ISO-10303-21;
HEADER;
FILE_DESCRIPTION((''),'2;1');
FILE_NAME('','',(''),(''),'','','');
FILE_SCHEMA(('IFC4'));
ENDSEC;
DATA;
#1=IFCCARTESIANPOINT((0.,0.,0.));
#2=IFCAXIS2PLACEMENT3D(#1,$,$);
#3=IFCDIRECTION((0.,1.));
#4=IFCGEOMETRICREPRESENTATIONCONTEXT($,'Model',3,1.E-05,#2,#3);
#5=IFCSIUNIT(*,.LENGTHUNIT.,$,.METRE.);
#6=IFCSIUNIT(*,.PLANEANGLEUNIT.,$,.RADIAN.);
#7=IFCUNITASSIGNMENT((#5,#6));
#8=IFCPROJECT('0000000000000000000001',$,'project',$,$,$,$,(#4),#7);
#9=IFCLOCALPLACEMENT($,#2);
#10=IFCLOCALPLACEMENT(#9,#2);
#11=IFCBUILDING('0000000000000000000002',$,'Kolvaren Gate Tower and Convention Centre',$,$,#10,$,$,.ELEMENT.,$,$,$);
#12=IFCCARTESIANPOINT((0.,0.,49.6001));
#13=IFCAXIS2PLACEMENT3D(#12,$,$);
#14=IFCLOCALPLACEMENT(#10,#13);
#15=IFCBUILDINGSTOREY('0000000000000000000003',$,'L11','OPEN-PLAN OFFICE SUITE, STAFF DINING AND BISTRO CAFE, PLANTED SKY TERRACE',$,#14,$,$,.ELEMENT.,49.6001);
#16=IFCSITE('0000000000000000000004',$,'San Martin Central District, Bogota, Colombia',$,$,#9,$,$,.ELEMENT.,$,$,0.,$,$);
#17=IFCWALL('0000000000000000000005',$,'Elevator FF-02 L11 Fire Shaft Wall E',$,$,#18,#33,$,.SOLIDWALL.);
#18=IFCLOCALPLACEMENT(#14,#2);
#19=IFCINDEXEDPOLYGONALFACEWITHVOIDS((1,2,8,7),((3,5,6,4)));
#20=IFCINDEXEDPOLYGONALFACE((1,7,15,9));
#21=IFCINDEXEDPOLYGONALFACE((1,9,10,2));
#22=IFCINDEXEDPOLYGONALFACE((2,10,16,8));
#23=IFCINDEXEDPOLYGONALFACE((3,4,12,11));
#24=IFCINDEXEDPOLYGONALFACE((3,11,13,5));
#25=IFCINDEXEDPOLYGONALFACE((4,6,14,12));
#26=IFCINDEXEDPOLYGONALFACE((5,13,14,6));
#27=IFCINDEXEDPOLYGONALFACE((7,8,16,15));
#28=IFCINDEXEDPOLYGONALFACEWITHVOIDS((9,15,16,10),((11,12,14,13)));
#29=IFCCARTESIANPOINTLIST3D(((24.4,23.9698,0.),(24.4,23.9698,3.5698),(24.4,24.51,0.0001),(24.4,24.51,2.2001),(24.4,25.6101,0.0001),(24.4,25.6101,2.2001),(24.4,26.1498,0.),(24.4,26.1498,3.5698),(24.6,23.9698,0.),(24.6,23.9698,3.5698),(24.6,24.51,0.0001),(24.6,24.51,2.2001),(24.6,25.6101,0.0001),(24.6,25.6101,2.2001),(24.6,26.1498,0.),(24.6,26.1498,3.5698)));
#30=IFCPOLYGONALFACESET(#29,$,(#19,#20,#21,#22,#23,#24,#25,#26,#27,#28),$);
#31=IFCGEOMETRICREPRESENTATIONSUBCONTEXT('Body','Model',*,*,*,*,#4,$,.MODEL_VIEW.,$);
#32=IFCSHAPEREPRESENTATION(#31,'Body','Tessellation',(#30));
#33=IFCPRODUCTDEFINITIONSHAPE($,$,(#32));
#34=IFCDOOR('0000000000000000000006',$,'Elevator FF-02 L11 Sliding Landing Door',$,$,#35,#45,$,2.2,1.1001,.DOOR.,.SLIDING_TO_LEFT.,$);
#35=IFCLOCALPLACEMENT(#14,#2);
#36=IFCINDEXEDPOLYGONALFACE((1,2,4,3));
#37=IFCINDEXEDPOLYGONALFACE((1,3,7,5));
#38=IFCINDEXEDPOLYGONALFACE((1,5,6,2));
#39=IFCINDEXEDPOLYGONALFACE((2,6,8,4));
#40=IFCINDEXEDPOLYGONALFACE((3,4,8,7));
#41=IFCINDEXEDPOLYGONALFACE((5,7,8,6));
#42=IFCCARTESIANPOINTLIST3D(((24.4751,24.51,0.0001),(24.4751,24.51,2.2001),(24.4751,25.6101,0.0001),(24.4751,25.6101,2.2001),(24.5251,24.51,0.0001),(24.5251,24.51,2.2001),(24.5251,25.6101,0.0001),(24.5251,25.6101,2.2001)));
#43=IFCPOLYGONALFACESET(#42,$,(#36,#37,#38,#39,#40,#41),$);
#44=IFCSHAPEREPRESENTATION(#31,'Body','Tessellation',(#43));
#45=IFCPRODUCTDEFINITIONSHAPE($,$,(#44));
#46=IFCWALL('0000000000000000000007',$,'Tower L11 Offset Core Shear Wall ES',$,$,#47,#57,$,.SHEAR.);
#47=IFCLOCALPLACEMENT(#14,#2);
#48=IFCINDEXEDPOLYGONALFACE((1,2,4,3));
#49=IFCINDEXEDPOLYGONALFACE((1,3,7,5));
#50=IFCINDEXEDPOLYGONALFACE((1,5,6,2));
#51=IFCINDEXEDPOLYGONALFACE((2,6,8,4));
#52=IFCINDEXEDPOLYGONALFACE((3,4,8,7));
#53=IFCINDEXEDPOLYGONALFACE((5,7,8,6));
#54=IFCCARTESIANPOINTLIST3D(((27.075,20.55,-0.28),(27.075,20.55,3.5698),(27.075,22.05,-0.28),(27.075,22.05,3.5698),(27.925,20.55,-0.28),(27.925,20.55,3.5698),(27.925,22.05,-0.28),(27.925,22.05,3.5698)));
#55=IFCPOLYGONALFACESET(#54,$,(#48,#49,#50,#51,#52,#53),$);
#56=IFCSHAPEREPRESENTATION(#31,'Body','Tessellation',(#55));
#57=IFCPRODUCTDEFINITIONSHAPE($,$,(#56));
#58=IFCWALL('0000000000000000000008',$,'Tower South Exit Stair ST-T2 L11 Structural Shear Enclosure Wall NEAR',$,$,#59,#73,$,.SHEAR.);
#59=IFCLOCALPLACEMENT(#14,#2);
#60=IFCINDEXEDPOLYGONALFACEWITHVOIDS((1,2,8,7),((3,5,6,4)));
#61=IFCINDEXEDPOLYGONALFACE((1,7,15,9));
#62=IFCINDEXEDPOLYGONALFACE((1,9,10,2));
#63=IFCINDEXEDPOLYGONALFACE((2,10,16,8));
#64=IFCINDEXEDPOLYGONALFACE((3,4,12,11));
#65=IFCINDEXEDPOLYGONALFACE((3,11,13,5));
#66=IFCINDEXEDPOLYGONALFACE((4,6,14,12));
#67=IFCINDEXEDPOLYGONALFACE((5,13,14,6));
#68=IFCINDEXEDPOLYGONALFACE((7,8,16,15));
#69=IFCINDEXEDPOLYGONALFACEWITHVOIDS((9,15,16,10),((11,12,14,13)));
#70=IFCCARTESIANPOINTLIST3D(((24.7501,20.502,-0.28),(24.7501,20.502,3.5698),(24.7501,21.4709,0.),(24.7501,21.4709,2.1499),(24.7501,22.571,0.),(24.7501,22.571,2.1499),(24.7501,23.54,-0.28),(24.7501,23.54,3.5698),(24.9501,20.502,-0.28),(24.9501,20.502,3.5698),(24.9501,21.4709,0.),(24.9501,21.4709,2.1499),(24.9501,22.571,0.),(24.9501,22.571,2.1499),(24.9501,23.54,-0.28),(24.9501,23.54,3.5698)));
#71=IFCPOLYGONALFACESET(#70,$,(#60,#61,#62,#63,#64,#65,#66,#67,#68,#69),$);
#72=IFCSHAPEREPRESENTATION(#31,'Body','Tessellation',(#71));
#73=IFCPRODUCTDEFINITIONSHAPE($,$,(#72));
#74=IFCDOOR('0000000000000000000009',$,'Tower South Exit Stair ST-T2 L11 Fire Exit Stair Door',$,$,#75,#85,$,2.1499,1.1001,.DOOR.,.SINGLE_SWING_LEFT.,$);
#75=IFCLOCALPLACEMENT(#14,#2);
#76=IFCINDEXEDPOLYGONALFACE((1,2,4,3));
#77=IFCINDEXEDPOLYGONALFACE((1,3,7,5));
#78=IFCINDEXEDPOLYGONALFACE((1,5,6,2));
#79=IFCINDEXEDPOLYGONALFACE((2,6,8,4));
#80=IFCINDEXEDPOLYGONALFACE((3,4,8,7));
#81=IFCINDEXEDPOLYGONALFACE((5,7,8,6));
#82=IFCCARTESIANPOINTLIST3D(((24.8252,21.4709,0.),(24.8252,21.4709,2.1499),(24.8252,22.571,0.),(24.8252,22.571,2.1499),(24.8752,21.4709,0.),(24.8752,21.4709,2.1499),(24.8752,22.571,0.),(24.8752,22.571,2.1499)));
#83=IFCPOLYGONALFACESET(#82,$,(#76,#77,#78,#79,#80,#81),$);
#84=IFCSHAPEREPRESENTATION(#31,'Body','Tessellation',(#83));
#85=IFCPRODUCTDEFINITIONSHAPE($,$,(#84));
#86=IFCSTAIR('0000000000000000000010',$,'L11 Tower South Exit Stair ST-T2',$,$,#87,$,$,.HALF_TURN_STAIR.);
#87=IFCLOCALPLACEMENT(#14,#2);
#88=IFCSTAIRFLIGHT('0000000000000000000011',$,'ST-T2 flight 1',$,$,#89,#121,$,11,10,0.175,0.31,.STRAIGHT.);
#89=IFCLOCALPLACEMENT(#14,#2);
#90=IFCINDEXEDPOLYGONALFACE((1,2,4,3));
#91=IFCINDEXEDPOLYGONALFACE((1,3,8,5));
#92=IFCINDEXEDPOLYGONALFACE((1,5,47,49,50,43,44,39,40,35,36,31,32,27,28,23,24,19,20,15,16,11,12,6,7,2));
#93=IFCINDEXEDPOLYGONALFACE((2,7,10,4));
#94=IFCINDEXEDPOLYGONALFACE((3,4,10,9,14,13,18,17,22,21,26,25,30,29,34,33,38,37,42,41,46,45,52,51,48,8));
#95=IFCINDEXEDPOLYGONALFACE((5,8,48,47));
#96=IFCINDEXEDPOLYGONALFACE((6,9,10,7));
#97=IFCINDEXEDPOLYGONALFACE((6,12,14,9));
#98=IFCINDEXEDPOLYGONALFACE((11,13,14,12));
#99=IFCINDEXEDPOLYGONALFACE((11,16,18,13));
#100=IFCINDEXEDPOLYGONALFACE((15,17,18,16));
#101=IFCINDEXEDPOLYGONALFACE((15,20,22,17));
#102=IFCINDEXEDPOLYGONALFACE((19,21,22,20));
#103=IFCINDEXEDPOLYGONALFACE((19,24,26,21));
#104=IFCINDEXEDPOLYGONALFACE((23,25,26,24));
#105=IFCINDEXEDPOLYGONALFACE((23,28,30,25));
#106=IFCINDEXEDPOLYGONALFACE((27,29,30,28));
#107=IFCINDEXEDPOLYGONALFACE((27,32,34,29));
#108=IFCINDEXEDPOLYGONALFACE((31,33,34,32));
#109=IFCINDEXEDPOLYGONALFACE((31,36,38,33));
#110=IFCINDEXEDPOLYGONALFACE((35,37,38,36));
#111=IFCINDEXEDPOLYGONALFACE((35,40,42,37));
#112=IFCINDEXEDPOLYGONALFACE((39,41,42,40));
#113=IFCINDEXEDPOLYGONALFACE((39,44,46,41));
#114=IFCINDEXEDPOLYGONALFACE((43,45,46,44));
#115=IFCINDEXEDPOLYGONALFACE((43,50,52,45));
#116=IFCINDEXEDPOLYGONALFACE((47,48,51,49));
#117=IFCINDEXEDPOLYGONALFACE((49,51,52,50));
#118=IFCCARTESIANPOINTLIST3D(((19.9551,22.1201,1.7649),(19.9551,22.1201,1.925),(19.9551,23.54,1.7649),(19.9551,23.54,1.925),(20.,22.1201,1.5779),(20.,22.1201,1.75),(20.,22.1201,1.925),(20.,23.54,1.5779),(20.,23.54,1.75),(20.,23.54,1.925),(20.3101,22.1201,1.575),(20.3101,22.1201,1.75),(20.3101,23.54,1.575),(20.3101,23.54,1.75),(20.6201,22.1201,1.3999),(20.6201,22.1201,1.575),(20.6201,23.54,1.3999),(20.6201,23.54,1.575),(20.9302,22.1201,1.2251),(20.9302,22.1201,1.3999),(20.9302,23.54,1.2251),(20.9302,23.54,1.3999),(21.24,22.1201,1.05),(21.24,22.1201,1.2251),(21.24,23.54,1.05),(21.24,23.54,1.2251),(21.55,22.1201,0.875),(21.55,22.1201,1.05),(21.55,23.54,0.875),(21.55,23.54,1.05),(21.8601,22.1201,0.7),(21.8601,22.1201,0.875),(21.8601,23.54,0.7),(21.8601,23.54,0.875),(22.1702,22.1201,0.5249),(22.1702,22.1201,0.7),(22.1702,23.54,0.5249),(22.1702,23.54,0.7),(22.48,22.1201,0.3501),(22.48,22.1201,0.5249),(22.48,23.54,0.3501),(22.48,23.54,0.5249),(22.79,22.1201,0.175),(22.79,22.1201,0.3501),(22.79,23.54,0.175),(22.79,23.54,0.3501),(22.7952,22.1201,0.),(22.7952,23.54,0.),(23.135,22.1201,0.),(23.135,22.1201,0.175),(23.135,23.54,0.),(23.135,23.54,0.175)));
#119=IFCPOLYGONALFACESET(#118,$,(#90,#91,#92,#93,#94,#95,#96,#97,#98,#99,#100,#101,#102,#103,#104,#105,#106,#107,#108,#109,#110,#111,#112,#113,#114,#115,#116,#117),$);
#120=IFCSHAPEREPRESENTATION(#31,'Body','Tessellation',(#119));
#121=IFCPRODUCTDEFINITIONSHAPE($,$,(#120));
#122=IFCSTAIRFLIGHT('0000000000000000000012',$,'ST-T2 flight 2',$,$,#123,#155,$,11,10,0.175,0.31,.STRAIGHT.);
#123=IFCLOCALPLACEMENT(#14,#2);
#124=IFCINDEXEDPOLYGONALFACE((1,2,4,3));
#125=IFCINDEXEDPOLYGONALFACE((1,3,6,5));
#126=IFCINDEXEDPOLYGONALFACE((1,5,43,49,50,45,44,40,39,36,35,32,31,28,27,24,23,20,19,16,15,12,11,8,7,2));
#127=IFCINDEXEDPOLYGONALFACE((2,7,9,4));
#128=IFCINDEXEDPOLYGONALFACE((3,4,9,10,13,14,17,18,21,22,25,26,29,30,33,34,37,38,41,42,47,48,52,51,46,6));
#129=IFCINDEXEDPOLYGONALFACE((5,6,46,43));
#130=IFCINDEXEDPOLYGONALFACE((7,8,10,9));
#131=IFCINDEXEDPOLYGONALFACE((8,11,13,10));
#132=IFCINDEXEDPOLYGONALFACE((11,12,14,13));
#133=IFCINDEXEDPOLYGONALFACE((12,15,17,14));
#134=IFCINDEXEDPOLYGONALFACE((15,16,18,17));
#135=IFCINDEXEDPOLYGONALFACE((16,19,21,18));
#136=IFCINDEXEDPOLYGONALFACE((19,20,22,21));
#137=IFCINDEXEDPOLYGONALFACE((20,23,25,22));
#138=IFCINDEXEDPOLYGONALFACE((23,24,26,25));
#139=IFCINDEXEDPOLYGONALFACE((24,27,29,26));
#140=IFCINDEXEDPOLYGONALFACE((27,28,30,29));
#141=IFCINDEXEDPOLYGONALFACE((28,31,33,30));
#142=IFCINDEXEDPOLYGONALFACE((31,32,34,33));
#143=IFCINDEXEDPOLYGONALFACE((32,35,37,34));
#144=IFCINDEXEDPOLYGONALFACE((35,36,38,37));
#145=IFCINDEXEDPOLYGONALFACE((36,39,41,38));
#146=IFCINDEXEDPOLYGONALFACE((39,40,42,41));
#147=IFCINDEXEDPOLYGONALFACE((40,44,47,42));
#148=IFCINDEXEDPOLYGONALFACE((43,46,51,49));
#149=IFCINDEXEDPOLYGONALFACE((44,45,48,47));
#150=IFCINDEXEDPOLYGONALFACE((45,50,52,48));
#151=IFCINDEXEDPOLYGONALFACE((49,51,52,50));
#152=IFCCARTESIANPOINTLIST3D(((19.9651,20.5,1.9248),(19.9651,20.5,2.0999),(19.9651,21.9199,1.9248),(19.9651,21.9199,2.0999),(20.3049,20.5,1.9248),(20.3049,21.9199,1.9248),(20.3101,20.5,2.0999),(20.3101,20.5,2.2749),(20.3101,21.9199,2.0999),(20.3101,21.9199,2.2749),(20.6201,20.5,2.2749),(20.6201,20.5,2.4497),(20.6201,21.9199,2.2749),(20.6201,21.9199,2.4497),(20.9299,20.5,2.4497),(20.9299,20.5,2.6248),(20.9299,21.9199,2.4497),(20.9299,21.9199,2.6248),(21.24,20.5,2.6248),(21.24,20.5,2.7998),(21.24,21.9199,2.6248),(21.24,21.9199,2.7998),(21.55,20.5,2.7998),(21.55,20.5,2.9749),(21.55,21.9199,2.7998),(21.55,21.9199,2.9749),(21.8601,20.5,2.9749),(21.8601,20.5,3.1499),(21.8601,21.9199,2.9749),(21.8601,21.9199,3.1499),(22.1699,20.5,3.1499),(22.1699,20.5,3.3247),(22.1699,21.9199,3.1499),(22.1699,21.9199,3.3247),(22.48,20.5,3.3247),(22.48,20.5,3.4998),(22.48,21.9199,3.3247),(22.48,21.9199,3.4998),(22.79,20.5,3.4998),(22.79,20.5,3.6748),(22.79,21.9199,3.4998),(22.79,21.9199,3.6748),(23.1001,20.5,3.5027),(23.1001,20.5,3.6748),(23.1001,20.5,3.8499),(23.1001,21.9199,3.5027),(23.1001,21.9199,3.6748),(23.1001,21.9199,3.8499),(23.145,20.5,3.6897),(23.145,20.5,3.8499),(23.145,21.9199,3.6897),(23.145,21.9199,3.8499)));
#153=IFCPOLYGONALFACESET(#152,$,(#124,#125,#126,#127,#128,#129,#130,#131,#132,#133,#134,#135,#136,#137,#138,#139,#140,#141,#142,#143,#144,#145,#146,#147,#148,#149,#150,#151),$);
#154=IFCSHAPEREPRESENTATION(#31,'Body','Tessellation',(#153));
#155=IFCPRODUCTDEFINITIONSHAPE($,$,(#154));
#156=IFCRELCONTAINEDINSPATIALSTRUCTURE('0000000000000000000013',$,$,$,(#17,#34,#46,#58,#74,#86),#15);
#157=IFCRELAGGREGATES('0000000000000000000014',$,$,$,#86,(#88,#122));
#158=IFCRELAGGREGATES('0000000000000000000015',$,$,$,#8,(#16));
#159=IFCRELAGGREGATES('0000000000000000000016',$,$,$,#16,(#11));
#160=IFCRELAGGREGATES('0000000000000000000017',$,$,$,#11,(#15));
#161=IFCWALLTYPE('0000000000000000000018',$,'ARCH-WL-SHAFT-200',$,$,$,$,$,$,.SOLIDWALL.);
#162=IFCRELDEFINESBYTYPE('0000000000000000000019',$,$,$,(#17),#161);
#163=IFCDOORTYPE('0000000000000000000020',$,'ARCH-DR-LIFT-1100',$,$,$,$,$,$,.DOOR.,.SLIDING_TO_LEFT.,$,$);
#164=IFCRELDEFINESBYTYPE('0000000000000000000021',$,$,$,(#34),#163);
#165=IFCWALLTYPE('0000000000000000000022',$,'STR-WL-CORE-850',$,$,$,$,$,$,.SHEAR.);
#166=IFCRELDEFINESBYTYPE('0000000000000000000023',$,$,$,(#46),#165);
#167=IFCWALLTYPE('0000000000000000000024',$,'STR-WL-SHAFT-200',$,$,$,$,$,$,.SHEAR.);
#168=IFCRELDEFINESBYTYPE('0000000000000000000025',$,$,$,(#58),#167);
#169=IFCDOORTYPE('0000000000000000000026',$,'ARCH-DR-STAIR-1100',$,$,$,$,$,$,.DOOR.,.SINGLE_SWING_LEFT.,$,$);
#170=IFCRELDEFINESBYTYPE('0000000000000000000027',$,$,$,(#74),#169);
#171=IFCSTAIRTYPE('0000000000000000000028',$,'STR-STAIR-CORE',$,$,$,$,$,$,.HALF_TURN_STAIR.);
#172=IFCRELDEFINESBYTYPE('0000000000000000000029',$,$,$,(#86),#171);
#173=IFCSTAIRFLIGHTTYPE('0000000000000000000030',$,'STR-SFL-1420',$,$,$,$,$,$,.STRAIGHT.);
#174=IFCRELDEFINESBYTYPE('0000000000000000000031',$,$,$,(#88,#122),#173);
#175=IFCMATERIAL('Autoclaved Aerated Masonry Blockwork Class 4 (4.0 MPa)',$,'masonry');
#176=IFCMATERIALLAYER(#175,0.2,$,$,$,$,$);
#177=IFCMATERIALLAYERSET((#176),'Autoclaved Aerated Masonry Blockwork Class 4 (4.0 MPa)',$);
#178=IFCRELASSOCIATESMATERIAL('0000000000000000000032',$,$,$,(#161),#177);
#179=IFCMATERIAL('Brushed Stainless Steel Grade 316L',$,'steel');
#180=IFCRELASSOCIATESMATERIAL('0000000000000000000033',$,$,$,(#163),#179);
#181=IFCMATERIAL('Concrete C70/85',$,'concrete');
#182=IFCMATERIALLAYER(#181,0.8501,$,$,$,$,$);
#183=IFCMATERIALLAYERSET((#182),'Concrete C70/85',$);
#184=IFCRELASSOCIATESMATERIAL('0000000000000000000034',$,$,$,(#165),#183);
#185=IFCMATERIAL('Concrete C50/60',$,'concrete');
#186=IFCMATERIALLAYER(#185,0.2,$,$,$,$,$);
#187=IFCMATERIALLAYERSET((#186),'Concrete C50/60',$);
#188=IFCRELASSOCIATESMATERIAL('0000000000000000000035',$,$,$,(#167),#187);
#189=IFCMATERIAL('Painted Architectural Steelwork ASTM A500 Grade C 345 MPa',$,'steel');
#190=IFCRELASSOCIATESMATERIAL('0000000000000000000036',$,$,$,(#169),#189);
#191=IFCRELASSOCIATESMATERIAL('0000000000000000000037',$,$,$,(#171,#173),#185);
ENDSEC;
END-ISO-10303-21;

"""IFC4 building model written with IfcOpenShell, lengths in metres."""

from ifc_helpers import new_model, si_unit, direction, frame, frame_2d, origin, place, context, subcontext, project, spatial, polyline, rectangle, outline, extrude, material, layer, layer_set, type_object, element, fill, aggregate, save


model = new_model("IFC4")

# Units and contexts
model_context = context("Model", 3, precision=1e-05, world=origin(), true_north=direction((0.0, 1.0)))
body_context = subcontext(model_context, "Body", "Model", "MODEL_VIEW")
ifc_project = project(units=[si_unit("LENGTHUNIT", "METRE"), si_unit("PLANEANGLEUNIT", "RADIAN")], contexts=[model_context])

# Site, building, storey
site_placement = place(None, origin())
site = spatial("IfcSite", under=ifc_project, at=site_placement, Name="San Martin Central District, Bogota, Colombia", CompositionType="ELEMENT", RefElevation=0.0)
building_placement = place(site_placement, origin())
building = spatial("IfcBuilding", under=site, at=building_placement, Name="Kolvaren Gate Tower and Convention Centre", CompositionType="ELEMENT")
storey_placement = place(building_placement, frame((0.0, 0.0, 49.6001)))
storey = spatial("IfcBuildingStorey", under=building, at=storey_placement, Name="L11", Description="OPEN-PLAN OFFICE SUITE, STAFF DINING AND BISTRO CAFE, PLANTED SKY TERRACE", CompositionType="ELEMENT", Elevation=49.6001)

# Shared definitions
ifc_material_1 = material(Name="Autoclaved Aerated Masonry Blockwork Class 4 (4.0 MPa)", Category="masonry")

# Shared definitions
ifc_material_2 = material(Name="Painted Architectural Steelwork ASTM A500 Grade C 345 MPa", Category="steel")

# Shared definitions
ifc_layer_1 = layer(ifc_material_1, 0.2)
ifc_layer_set_1 = layer_set([ifc_layer_1], Name="Autoclaved Aerated Masonry Blockwork Class 4 (4.0 MPa)")
wall_type_1 = type_object("IfcWallType", Name="ARCH-WL-SHAFT-200", PredefinedType="SOLIDWALL", material=ifc_layer_set_1)

# Wall, opening, door
wall_1_placement = place(storey_placement, frame((24.5, 23.97, 0.0), z_axis=(0.0, 0.0, 1.0), x_axis=(0.0, 1.0, 0.0)))
wall_1 = element("IfcWall", 1, at=wall_1_placement, inside=storey, type_object=wall_type_1, Name="Elevator FF-02 L11 Fire Shaft Wall E", PredefinedType="SOLIDWALL", context=body_context, shape_type="SweptSolid", body=[
    extrude(rectangle(XDim=2.1799, YDim=0.2, at=frame_2d((1.0898, 0.0))), origin(), (0.0, 0.0, 1.0), 3.5698),
])
opening_1_placement = place(wall_1_placement, frame((0.54, 0.0, 0.0)))
opening_1 = element("IfcOpeningElement", 2, at=opening_1_placement, cuts=wall_1, PredefinedType="OPENING", context=body_context, shape_type="SweptSolid", body=[
    extrude(rectangle(XDim=1.1001, YDim=2.2, at=frame_2d((0.55, 1.1001))), frame((0.0, 0.1099, 0.0), z_axis=(0.0, -1.0, 0.0), x_axis=(1.0, 0.0, 0.0)), (0.0, 0.0, 1.0), 0.22),
])
ifc_material_3 = material(Name="Brushed Stainless Steel Grade 316L", Category="steel")
door_type_1 = type_object("IfcDoorType", Name="ARCH-DR-LIFT-1100", OperationType="SLIDING_TO_LEFT", PredefinedType="DOOR", material=ifc_material_3)
door_1_placement = place(opening_1_placement, origin())
door_1 = element("IfcDoor", 3, at=door_1_placement, inside=storey, type_object=door_type_1, Name="Elevator FF-02 L11 Sliding Landing Door", OperationType="SLIDING_TO_LEFT", OverallHeight=2.2, OverallWidth=1.1001, PredefinedType="DOOR", context=body_context, shape_type="SweptSolid", body=[
    extrude(rectangle(XDim=1.1001, YDim=2.2, at=frame_2d((0.55, 1.1001))), frame((0.0, 0.0249, 0.0), z_axis=(0.0, -1.0, 0.0), x_axis=(1.0, 0.0, 0.0)), (0.0, 0.0, 1.0), 0.05),
])
fill(opening_1, door_1)

# Wall
ifc_material_4 = material(Name="Concrete C70/85", Category="concrete")
ifc_layer_2 = layer(ifc_material_4, 0.8501)
ifc_layer_set_2 = layer_set([ifc_layer_2], Name="Concrete C70/85")
wall_type_2 = type_object("IfcWallType", Name="STR-WL-CORE-850", PredefinedType="SHEAR", material=ifc_layer_set_2)
wall_2_placement = place(storey_placement, frame((27.5, 20.55, -0.28), z_axis=(0.0, 0.0, 1.0), x_axis=(0.0, 1.0, 0.0)))
element("IfcWall", 4, at=wall_2_placement, inside=storey, type_object=wall_type_2, Name="Tower L11 Offset Core Shear Wall ES", PredefinedType="SHEAR", context=body_context, shape_type="SweptSolid", body=[
    extrude(rectangle(XDim=1.5, YDim=0.8501, at=frame_2d((0.75, 0.0))), origin(), (0.0, 0.0, 1.0), 3.8499),
])

# Wall, opening, door
ifc_material_5 = material(Name="Concrete C50/60", Category="concrete")
ifc_layer_3 = layer(ifc_material_5, 0.2)
ifc_layer_set_3 = layer_set([ifc_layer_3], Name="Concrete C50/60")
wall_type_3 = type_object("IfcWallType", Name="STR-WL-SHAFT-200", PredefinedType="SHEAR", material=ifc_layer_set_3)
wall_3_placement = place(storey_placement, frame((24.8501, 20.502, -0.28), z_axis=(0.0, 0.0, 1.0), x_axis=(0.0, 1.0, 0.0)))
wall_3 = element("IfcWall", 5, at=wall_3_placement, inside=storey, type_object=wall_type_3, Name="Tower South Exit Stair ST-T2 L11 Structural Shear Enclosure Wall NEAR", PredefinedType="SHEAR", context=body_context, shape_type="SweptSolid", body=[
    extrude(rectangle(XDim=3.0381, YDim=0.2, at=frame_2d((1.519, 0.0))), origin(), (0.0, 0.0, 1.0), 3.8499),
])
opening_2_placement = place(wall_3_placement, frame((0.969, 0.0, 0.28)))
opening_2 = element("IfcOpeningElement", 6, at=opening_2_placement, cuts=wall_3, PredefinedType="OPENING", context=body_context, shape_type="SweptSolid", body=[
    extrude(rectangle(XDim=1.1001, YDim=2.1499, at=frame_2d((0.55, 1.075))), frame((0.0, 0.1099, 0.0), z_axis=(0.0, -1.0, 0.0), x_axis=(1.0, 0.0, 0.0)), (0.0, 0.0, 1.0), 0.22),
])
door_type_2 = type_object("IfcDoorType", Name="ARCH-DR-STAIR-1100", OperationType="SINGLE_SWING_LEFT", PredefinedType="DOOR", material=ifc_material_2)
door_2_placement = place(opening_2_placement, origin())
door_2 = element("IfcDoor", 7, at=door_2_placement, inside=storey, type_object=door_type_2, Name="Tower South Exit Stair ST-T2 L11 Fire Exit Stair Door", OperationType="SINGLE_SWING_LEFT", OverallHeight=2.1499, OverallWidth=1.1001, PredefinedType="DOOR", context=body_context, shape_type="SweptSolid", body=[
    extrude(rectangle(XDim=1.1001, YDim=2.1499, at=frame_2d((0.55, 1.075))), frame((0.0, 0.0249, 0.0), z_axis=(0.0, -1.0, 0.0), x_axis=(1.0, 0.0, 0.0)), (0.0, 0.0, 1.0), 0.05),
])
fill(opening_2, door_2)

# Stair, stair flights
stair_type = type_object("IfcStairType", Name="STR-STAIR-CORE", PredefinedType="HALF_TURN_STAIR", material=ifc_material_5)
stair_placement = place(storey_placement, origin())
stair = element("IfcStair", 8, at=stair_placement, inside=storey, type_object=stair_type, Name="L11 Tower South Exit Stair ST-T2", PredefinedType="HALF_TURN_STAIR")
stair_flight_type = type_object("IfcStairFlightType", Name="STR-SFL-1420", PredefinedType="STRAIGHT", material=ifc_material_5)
stair_flight_1_placement = place(storey_placement, frame((23.1001, 22.8301, 0.0), z_axis=(0.0, 0.0, 1.0), x_axis=(-1.0, 0.0, 0.0)))
stair_flight_1 = element("IfcStairFlight", 9, at=stair_flight_1_placement, type_object=stair_flight_type, Name="ST-T2 flight 1", NumberOfRisers=11, NumberOfTreads=10, PredefinedType="STRAIGHT", RiserHeight=0.175, TreadLength=0.31, context=body_context, shape_type="SweptSolid", body=[
    extrude(outline(polyline([(-0.0349, 0.0), (-0.0349, 0.175), (0.3101, 0.175), (0.3101, 0.3501), (0.6201, 0.3501), (0.6201, 0.5249), (0.9299, 0.5249), (0.9299, 0.7), (1.24, 0.7), (1.24, 0.875), (1.55, 0.875), (1.55, 1.05), (1.8601, 1.05), (1.8601, 1.2251), (2.1699, 1.2251), (2.1699, 1.3999), (2.48, 1.3999), (2.48, 1.575), (2.79, 1.575), (2.79, 1.75), (3.1001, 1.75), (3.1001, 1.925), (3.145, 1.925), (3.145, 1.7649), (3.1001, 1.5779), (0.3049, 0.0), (-0.0349, 0.0)])), frame((0.0, 0.71, 0.0), z_axis=(0.0, -1.0, 0.0), x_axis=(1.0, 0.0, 0.0)), (0.0, 0.0, 1.0), 1.4199),
])
stair_flight_2_placement = place(storey_placement, frame((20.0, 21.21, 1.9248), z_axis=(0.0, 0.0, 1.0), x_axis=(1.0, 0.0, 0.0)))
stair_flight_2 = element("IfcStairFlight", 10, at=stair_flight_2_placement, type_object=stair_flight_type, Name="ST-T2 flight 2", NumberOfRisers=11, NumberOfTreads=10, PredefinedType="STRAIGHT", RiserHeight=0.175, TreadLength=0.31, context=body_context, shape_type="SweptSolid", body=[
    extrude(outline(polyline([(-0.0349, 0.0), (-0.0349, 0.175), (0.3101, 0.175), (0.3101, 0.3501), (0.6201, 0.3501), (0.6201, 0.5249), (0.9299, 0.5249), (0.9299, 0.7), (1.24, 0.7), (1.24, 0.875), (1.55, 0.875), (1.55, 1.05), (1.8601, 1.05), (1.8601, 1.2251), (2.1699, 1.2251), (2.1699, 1.3999), (2.48, 1.3999), (2.48, 1.575), (2.79, 1.575), (2.79, 1.75), (3.1001, 1.75), (3.1001, 1.925), (3.145, 1.925), (3.145, 1.7649), (3.1001, 1.5779), (0.3049, 0.0), (-0.0349, 0.0)])), frame((0.0, 0.71, 0.0), z_axis=(0.0, -1.0, 0.0), x_axis=(1.0, 0.0, 0.0)), (0.0, 0.0, 1.0), 1.4199),
])
aggregate(stair, [stair_flight_1, stair_flight_2])

save(model, "model.ifc")
